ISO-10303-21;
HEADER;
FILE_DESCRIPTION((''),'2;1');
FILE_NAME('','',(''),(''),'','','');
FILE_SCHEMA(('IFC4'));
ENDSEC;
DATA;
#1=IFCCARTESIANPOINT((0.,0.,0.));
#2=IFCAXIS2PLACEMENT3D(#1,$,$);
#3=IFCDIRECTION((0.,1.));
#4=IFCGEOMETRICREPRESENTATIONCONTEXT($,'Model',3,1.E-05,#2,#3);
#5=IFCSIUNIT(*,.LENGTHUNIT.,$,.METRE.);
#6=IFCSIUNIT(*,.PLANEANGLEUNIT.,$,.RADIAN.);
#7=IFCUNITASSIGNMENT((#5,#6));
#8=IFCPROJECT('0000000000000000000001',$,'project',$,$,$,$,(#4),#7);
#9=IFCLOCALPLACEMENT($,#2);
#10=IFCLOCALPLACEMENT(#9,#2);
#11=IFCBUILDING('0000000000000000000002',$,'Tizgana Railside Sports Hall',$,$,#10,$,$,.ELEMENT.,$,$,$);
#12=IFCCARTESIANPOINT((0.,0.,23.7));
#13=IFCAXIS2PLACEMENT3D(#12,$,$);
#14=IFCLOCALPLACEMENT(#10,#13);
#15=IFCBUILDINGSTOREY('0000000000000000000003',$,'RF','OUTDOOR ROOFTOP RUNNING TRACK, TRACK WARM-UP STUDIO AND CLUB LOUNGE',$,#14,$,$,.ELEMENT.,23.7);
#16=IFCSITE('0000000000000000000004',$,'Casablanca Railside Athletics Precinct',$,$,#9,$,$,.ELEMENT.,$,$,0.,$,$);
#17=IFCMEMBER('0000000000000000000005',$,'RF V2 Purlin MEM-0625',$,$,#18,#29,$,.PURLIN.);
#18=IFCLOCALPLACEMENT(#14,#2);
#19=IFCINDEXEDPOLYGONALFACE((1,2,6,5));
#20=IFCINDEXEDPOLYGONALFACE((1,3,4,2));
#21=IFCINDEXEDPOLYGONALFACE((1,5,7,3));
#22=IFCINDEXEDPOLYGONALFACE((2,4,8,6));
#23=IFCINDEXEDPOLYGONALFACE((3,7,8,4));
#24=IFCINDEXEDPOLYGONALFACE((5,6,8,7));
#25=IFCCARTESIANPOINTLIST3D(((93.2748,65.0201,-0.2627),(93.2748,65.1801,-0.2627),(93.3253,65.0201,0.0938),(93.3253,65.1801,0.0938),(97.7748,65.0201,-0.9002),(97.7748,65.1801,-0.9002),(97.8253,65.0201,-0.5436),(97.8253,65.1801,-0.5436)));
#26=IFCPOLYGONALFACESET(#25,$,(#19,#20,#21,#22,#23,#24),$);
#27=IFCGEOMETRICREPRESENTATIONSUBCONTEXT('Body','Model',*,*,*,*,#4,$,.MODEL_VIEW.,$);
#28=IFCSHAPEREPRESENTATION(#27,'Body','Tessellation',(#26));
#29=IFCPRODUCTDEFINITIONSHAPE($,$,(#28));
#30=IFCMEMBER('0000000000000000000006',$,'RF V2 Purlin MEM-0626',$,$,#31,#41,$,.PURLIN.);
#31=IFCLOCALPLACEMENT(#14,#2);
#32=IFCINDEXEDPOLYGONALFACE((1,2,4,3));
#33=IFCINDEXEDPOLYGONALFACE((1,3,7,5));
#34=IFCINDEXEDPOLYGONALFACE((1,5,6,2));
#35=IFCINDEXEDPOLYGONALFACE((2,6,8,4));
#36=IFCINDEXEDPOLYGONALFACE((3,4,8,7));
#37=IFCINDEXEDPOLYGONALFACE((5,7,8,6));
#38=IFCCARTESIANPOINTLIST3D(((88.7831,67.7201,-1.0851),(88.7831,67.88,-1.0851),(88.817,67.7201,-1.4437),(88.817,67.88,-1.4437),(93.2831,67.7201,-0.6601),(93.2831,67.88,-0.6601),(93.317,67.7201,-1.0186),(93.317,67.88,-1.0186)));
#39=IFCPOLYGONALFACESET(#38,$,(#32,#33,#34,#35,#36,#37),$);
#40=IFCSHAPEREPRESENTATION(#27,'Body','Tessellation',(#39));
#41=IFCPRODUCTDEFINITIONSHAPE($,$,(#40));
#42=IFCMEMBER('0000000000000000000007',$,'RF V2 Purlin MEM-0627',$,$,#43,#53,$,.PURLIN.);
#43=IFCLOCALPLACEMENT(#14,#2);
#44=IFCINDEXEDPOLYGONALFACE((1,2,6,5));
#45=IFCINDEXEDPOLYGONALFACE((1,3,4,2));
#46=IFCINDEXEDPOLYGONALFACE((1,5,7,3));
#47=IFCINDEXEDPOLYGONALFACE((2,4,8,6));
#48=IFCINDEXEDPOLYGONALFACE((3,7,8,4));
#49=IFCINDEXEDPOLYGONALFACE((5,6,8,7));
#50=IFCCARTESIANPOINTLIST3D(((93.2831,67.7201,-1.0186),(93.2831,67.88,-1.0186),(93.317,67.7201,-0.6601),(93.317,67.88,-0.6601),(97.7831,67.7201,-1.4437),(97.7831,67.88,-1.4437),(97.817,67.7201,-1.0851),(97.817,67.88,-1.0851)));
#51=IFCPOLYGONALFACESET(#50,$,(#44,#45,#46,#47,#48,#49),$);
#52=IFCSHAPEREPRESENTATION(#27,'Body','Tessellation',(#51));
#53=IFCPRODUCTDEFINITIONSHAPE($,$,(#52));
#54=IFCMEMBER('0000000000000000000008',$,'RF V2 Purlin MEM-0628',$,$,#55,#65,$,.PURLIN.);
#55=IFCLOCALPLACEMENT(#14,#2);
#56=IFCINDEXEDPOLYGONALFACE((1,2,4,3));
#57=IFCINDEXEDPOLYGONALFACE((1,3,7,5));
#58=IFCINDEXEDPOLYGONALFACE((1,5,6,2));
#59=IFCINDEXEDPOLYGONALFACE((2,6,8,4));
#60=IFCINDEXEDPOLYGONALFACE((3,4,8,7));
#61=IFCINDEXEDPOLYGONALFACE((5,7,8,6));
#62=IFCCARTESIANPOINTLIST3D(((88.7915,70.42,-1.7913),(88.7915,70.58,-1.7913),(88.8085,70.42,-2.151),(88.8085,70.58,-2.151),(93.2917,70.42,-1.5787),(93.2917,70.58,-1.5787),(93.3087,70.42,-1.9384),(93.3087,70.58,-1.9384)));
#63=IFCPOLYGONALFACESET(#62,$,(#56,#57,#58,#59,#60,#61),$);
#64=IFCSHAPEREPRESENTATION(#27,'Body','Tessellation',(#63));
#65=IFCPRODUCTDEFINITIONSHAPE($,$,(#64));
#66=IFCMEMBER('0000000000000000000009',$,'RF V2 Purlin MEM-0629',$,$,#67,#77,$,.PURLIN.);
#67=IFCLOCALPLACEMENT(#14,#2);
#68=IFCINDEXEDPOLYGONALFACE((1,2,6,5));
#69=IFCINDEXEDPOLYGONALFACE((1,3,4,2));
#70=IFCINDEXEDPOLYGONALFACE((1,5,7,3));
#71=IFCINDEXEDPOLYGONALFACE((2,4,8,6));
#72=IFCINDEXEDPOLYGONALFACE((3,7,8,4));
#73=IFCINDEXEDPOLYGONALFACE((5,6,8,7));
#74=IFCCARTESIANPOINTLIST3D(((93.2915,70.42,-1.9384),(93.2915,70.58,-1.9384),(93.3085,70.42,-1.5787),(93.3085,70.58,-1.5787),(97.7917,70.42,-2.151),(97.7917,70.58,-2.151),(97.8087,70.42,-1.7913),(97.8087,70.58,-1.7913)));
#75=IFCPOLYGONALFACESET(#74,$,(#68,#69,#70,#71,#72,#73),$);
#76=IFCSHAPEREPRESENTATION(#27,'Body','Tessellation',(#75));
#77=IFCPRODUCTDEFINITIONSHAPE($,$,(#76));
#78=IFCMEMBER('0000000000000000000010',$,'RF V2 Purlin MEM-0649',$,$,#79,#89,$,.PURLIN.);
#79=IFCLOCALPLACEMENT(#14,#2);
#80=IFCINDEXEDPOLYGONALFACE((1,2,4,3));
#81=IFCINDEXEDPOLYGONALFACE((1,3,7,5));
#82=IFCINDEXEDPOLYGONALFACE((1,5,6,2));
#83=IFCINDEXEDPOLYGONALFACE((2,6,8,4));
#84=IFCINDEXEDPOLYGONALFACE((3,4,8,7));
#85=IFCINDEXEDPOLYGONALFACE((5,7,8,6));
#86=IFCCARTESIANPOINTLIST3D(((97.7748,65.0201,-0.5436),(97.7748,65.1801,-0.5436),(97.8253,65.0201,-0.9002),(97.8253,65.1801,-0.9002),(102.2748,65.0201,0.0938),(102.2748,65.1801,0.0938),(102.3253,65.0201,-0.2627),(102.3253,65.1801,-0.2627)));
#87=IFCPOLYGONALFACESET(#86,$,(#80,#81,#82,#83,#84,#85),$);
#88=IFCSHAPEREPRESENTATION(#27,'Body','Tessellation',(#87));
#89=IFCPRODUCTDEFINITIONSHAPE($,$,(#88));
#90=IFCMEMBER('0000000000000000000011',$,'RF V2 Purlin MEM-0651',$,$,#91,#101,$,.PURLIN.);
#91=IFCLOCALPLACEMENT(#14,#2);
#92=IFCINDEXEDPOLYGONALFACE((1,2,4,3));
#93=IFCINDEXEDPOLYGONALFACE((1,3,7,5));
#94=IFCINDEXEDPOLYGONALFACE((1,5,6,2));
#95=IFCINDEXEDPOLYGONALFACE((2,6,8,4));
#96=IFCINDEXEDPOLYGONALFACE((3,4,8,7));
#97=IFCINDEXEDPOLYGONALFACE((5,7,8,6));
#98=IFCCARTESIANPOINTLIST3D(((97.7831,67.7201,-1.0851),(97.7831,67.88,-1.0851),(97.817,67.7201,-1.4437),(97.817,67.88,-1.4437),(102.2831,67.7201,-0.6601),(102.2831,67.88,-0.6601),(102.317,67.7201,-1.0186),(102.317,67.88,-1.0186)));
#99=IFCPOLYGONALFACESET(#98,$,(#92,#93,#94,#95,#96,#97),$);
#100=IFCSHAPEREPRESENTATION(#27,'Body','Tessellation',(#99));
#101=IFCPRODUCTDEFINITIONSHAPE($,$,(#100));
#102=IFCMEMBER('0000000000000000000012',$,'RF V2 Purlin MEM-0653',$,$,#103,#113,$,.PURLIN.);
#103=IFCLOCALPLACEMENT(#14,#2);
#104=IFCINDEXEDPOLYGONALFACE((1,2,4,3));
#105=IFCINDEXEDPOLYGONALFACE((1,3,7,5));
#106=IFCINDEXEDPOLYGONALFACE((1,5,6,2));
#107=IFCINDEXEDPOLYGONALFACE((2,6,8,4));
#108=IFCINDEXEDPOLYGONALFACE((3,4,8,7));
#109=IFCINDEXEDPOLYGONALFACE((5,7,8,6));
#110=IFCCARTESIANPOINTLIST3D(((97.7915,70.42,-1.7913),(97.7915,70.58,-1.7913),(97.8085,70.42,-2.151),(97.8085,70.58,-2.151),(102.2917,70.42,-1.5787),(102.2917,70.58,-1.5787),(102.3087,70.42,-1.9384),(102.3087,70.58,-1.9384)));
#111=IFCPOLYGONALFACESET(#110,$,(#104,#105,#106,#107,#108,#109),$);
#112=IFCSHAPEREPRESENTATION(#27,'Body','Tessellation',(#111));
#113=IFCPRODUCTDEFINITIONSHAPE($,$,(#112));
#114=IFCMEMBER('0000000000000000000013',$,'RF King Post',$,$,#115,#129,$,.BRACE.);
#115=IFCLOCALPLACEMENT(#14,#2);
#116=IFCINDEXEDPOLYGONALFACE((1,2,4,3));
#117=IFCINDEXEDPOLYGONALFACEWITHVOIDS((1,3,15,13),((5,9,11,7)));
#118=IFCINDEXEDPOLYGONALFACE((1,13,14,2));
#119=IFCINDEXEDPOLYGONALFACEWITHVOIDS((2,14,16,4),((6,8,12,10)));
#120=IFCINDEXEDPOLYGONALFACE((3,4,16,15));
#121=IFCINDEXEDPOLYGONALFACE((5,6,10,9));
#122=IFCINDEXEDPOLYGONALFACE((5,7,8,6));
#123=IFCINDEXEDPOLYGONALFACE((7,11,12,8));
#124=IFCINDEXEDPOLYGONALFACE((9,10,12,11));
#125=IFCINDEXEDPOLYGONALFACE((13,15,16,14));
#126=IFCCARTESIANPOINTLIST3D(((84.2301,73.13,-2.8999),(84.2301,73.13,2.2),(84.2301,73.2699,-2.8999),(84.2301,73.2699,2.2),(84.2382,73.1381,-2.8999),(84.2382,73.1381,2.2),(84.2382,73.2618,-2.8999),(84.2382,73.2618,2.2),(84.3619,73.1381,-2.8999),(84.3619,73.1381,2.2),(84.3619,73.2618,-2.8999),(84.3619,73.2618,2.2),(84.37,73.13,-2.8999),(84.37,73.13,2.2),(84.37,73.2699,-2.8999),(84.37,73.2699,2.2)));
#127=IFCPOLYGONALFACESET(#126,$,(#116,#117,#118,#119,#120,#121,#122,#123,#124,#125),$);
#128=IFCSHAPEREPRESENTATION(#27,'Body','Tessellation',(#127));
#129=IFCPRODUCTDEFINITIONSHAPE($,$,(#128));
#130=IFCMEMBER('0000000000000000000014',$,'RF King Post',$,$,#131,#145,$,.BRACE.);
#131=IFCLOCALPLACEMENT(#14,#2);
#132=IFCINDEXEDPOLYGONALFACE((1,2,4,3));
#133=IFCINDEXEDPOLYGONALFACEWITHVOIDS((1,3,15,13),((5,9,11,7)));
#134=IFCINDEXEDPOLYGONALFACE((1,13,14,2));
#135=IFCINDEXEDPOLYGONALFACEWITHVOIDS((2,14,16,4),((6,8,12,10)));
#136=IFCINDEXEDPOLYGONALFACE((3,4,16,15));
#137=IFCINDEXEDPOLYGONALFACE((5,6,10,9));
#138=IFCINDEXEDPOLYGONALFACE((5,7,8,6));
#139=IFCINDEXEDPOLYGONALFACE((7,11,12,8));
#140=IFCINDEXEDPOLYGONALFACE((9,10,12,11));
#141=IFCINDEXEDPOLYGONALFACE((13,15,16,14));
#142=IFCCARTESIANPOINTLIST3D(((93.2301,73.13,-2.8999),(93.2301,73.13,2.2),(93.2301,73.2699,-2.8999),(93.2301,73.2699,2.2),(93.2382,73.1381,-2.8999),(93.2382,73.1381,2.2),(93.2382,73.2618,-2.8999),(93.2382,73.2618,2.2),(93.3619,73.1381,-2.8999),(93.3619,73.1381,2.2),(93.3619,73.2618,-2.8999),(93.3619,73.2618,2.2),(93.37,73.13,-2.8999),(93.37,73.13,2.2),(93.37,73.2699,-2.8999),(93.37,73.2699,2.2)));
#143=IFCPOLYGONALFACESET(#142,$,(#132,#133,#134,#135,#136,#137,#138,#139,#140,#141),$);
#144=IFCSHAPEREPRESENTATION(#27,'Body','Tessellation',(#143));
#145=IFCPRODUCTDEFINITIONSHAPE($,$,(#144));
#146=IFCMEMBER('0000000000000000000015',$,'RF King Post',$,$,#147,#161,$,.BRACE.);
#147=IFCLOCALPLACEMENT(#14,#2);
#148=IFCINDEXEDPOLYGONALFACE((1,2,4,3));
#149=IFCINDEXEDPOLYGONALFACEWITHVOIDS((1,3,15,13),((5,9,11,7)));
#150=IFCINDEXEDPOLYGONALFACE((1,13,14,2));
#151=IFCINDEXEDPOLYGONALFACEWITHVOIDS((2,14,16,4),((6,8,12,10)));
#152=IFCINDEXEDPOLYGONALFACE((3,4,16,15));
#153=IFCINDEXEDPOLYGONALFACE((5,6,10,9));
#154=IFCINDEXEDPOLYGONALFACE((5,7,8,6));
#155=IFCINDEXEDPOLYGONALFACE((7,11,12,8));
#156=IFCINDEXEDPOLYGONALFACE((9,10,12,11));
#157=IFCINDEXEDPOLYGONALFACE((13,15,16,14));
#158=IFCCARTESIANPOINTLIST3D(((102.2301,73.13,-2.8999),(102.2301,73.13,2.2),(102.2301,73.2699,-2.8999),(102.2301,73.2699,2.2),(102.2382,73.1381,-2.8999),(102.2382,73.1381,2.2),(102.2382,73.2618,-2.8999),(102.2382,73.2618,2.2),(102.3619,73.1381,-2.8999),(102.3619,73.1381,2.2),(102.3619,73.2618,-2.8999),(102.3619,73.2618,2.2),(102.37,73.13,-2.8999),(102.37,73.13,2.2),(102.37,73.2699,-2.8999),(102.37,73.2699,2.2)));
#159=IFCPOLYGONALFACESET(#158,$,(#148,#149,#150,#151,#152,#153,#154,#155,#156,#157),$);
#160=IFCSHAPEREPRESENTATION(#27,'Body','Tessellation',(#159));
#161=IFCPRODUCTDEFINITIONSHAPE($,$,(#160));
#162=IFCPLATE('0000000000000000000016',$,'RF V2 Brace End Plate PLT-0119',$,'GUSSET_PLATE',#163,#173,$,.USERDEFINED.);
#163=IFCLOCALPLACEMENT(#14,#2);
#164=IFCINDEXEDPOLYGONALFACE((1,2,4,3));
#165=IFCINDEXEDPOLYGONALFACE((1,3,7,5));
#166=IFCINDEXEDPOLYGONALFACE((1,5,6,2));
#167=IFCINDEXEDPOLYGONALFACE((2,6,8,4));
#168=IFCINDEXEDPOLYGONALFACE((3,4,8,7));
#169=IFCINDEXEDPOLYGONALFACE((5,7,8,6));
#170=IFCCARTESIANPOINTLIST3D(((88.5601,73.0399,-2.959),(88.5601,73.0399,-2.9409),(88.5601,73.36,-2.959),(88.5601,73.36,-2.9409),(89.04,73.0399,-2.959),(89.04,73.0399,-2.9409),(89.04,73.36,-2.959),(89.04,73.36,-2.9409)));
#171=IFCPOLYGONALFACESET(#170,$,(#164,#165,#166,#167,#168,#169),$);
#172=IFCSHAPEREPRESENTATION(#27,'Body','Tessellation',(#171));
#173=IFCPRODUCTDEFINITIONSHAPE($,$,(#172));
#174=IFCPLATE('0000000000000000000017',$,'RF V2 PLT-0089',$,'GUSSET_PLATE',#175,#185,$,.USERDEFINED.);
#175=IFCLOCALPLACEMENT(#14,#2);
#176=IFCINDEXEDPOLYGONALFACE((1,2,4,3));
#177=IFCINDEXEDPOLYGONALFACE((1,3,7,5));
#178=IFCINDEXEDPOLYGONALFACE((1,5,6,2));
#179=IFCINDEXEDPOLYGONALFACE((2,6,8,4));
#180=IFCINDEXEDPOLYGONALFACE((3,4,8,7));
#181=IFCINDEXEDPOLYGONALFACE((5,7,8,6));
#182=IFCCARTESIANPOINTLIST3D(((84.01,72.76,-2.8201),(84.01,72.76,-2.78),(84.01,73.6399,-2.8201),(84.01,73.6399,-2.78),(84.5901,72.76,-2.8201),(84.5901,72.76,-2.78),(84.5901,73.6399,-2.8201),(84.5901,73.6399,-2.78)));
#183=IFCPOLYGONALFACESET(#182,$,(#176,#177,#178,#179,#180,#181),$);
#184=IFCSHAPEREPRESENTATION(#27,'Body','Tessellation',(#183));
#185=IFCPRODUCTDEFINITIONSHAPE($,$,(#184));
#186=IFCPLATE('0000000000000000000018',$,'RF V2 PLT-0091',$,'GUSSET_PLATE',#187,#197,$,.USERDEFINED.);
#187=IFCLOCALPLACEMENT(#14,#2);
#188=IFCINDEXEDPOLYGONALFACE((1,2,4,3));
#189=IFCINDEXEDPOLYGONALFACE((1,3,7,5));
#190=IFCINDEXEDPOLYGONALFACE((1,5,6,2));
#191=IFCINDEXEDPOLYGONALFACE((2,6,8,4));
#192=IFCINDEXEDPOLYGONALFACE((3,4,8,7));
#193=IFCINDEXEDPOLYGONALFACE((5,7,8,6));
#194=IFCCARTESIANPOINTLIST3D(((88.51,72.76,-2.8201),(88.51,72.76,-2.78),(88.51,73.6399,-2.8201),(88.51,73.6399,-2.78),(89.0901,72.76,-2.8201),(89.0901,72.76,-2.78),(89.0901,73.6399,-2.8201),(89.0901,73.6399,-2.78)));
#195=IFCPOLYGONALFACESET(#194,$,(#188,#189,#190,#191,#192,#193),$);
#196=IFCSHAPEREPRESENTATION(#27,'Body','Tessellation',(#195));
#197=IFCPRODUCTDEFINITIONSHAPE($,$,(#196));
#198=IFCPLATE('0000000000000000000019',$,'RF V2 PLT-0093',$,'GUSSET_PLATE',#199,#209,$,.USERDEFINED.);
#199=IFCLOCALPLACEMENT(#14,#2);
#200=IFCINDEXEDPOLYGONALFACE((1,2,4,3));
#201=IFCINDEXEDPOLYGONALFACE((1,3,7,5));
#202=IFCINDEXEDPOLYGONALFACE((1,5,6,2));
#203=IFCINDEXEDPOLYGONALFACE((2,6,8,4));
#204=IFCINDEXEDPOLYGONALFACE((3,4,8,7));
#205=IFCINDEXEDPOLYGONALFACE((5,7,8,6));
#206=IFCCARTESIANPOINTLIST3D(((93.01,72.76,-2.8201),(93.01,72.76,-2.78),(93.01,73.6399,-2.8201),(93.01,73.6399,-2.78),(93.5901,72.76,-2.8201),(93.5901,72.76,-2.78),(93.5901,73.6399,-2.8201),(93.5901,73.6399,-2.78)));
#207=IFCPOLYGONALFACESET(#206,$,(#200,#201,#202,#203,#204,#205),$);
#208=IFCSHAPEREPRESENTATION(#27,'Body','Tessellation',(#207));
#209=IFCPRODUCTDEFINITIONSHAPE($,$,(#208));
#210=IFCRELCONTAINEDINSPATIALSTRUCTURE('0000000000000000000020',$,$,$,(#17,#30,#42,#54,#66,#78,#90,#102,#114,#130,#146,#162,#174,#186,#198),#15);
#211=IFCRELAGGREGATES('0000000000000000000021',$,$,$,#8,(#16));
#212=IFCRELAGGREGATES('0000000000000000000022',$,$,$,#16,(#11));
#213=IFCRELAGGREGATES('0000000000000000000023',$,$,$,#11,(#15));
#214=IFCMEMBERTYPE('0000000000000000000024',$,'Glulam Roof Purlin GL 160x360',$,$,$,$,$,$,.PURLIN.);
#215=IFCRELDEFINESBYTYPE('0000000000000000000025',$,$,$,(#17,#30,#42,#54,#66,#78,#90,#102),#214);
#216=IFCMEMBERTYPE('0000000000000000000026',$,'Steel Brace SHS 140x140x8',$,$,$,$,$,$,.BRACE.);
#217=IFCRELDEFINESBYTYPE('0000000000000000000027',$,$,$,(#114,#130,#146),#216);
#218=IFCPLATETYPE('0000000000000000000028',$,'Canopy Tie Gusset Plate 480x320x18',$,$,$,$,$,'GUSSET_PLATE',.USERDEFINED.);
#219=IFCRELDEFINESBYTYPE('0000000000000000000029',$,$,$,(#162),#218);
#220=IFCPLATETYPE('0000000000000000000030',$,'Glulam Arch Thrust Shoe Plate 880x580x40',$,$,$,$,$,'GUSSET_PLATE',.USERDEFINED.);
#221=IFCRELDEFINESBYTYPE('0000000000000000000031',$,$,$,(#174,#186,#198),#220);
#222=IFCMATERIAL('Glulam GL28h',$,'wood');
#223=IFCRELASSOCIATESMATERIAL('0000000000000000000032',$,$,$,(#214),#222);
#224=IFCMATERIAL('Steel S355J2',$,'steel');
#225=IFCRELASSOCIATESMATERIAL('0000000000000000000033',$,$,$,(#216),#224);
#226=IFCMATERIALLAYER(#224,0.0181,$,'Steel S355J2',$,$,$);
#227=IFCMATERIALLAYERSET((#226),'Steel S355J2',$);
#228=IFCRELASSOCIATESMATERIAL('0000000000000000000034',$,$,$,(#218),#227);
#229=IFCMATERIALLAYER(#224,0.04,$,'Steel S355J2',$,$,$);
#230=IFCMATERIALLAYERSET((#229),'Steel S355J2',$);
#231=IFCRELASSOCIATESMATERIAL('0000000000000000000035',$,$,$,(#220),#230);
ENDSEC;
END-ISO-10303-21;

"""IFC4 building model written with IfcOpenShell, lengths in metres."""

from ifc_helpers import new_model, si_unit, direction, frame, origin, origin_2d, place, context, subcontext, project, spatial, rectangle, hollow_rectangle, extrude, material, layer, layer_set, material_profile, profile_set, type_object, element, save


model = new_model("IFC4")

# Units and contexts
model_context = context("Model", 3, precision=1e-05, world=origin(), true_north=direction((0.0, 1.0)))
body_context = subcontext(model_context, "Body", "Model", "MODEL_VIEW")
ifc_project = project(units=[si_unit("LENGTHUNIT", "METRE"), si_unit("PLANEANGLEUNIT", "RADIAN")], contexts=[model_context])

# Site, building, storey
site_placement = place(None, origin())
site = spatial("IfcSite", under=ifc_project, at=site_placement, Name="Casablanca Railside Athletics Precinct", CompositionType="ELEMENT", RefElevation=0.0)
building_placement = place(site_placement, origin())
building = spatial("IfcBuilding", under=site, at=building_placement, Name="Tizgana Railside Sports Hall", CompositionType="ELEMENT")
storey_placement = place(building_placement, frame((0.0, 0.0, 23.7)))
storey = spatial("IfcBuildingStorey", under=building, at=storey_placement, Name="RF", Description="OUTDOOR ROOFTOP RUNNING TRACK, TRACK WARM-UP STUDIO AND CLUB LOUNGE", CompositionType="ELEMENT", Elevation=23.7)

# Members
ifc_material_1 = material(Name="Glulam GL28h", Category="wood")
ifc_material_profile_1 = material_profile(ifc_material_1, rectangle(XDim=0.1599, YDim=0.3601, at=origin_2d()), Name="GL 160x360")
ifc_profile_set_1 = profile_set([ifc_material_profile_1], Name="Glulam GL28h")
member_type_1 = type_object("IfcMemberType", Name="Glulam Roof Purlin GL 160x360", PredefinedType="PURLIN", material=ifc_profile_set_1)
member_1_placement = place(storey_placement, frame((93.3, 65.1001, -0.0845), z_axis=(0.990115, 0.0, -0.140256), x_axis=(0.0, 1.0, 0.0)))
element("IfcMember", 1, at=member_1_placement, inside=storey, type_object=member_type_1, Name="RF V2 Purlin MEM-0625", PredefinedType="PURLIN", context=body_context, shape_type="SweptSolid", body=[
    extrude(rectangle(XDim=0.1599, YDim=0.3601, at=origin_2d()), origin(), (0.0, 0.0, 1.0), 4.5449),
])
for number, where, z_axis, x_axis, name in (
    (2, (88.8, 67.8, -1.2644), (0.995569, 0.0, 0.094037), (0.0, 1.0, 0.0), "RF V2 Purlin MEM-0626"),
    (3, (93.3, 67.8, -0.8394), (0.995569, 0.0, -0.094037), (0.0, 1.0, 0.0), "RF V2 Purlin MEM-0627"),
):
    element("IfcMember", number, at=place(storey_placement, frame(where, z_axis=z_axis, x_axis=x_axis)), inside=storey, type_object=member_type_1, Name=name, PredefinedType="PURLIN", context=body_context, shape_type="SweptSolid", body=[
        extrude(rectangle(XDim=0.1599, YDim=0.3601, at=origin_2d()), origin(), (0.0, 0.0, 1.0), 4.52),
    ])
for number, where, z_axis, x_axis, name in (
    (4, (88.8, 70.5, -1.9712), (0.998885, 0.0, 0.047202), (0.0, 1.0, 0.0), "RF V2 Purlin MEM-0628"),
    (5, (93.3, 70.5, -1.7585), (0.998885, 0.0, -0.047202), (0.0, 1.0, 0.0), "RF V2 Purlin MEM-0629"),
):
    element("IfcMember", number, at=place(storey_placement, frame(where, z_axis=z_axis, x_axis=x_axis)), inside=storey, type_object=member_type_1, Name=name, PredefinedType="PURLIN", context=body_context, shape_type="SweptSolid", body=[
        extrude(rectangle(XDim=0.1599, YDim=0.3601, at=origin_2d()), origin(), (0.0, 0.0, 1.0), 4.5051),
    ])
member_2_placement = place(storey_placement, frame((97.8, 65.1001, -0.7219), z_axis=(0.990115, 0.0, 0.140256), x_axis=(0.0, 1.0, 0.0)))
element("IfcMember", 6, at=member_2_placement, inside=storey, type_object=member_type_1, Name="RF V2 Purlin MEM-0649", PredefinedType="PURLIN", context=body_context, shape_type="SweptSolid", body=[
    extrude(rectangle(XDim=0.1599, YDim=0.3601, at=origin_2d()), origin(), (0.0, 0.0, 1.0), 4.5449),
])
member_3_placement = place(storey_placement, frame((97.8, 67.8, -1.2644), z_axis=(0.995569, 0.0, 0.094037), x_axis=(0.0, 1.0, 0.0)))
element("IfcMember", 7, at=member_3_placement, inside=storey, type_object=member_type_1, Name="RF V2 Purlin MEM-0651", PredefinedType="PURLIN", context=body_context, shape_type="SweptSolid", body=[
    extrude(rectangle(XDim=0.1599, YDim=0.3601, at=origin_2d()), origin(), (0.0, 0.0, 1.0), 4.52),
])
member_4_placement = place(storey_placement, frame((97.8, 70.5, -1.9712), z_axis=(0.998885, 0.0, 0.047202), x_axis=(0.0, 1.0, 0.0)))
element("IfcMember", 8, at=member_4_placement, inside=storey, type_object=member_type_1, Name="RF V2 Purlin MEM-0653", PredefinedType="PURLIN", context=body_context, shape_type="SweptSolid", body=[
    extrude(rectangle(XDim=0.1599, YDim=0.3601, at=origin_2d()), origin(), (0.0, 0.0, 1.0), 4.5051),
])
ifc_material_2 = material(Name="Steel S355J2", Category="steel")
ifc_material_profile_2 = material_profile(ifc_material_2, hollow_rectangle(XDim=0.1399, YDim=0.1399, WallThickness=0.0081, at=origin_2d()), Name="SHS 140x140x8")
ifc_profile_set_2 = profile_set([ifc_material_profile_2], Name="Steel S355J2")
member_type_2 = type_object("IfcMemberType", Name="Steel Brace SHS 140x140x8", PredefinedType="BRACE", material=ifc_profile_set_2)
for number, where, z_axis, x_axis, name in (
    (9, (84.3, 73.2, -2.8999), (0.0, 0.0, 1.0), (1.0, 0.0, 0.0), "RF King Post"),
    (10, (93.3, 73.2, -2.8999), (0.0, 0.0, 1.0), (1.0, 0.0, 0.0), "RF King Post"),
    (11, (102.3, 73.2, -2.8999), (0.0, 0.0, 1.0), (1.0, 0.0, 0.0), "RF King Post"),
):
    element("IfcMember", number, at=place(storey_placement, frame(where, z_axis=z_axis, x_axis=x_axis)), inside=storey, type_object=member_type_2, Name=name, PredefinedType="BRACE", context=body_context, shape_type="SweptSolid", body=[
        extrude(hollow_rectangle(XDim=0.1399, YDim=0.1399, WallThickness=0.0081, at=origin_2d()), origin(), (0.0, 0.0, 1.0), 5.0999),
    ])

# Plates
ifc_layer_1 = layer(ifc_material_2, 0.0181, Name="Steel S355J2")
ifc_layer_set_1 = layer_set([ifc_layer_1], Name="Steel S355J2")
plate_type_1 = type_object("IfcPlateType", Name="Canopy Tie Gusset Plate 480x320x18", ElementType="GUSSET_PLATE", PredefinedType="USERDEFINED", material=ifc_layer_set_1)
plate_1_placement = place(storey_placement, frame((88.8, 73.2, -2.959), z_axis=(0.0, 0.0, 1.0), x_axis=(1.0, 0.0, 0.0)))
element("IfcPlate", 12, at=plate_1_placement, inside=storey, type_object=plate_type_1, Name="RF V2 Brace End Plate PLT-0119", ObjectType="GUSSET_PLATE", PredefinedType="USERDEFINED", context=body_context, shape_type="SweptSolid", body=[
    extrude(rectangle(XDim=0.48, YDim=0.3201, at=origin_2d()), origin(), (0.0, 0.0, 1.0), 0.0181),
])
ifc_layer_2 = layer(ifc_material_2, 0.04, Name="Steel S355J2")
ifc_layer_set_2 = layer_set([ifc_layer_2], Name="Steel S355J2")
plate_type_2 = type_object("IfcPlateType", Name="Glulam Arch Thrust Shoe Plate 880x580x40", ElementType="GUSSET_PLATE", PredefinedType="USERDEFINED", material=ifc_layer_set_2)
for number, where, z_axis, x_axis, name in (
    (13, (84.3, 73.2, -2.8201), (0.0, 0.0, 1.0), (1.0, 0.0, 0.0), "RF V2 PLT-0089"),
    (14, (88.8, 73.2, -2.8201), (0.0, 0.0, 1.0), (1.0, 0.0, 0.0), "RF V2 PLT-0091"),
    (15, (93.3, 73.2, -2.8201), (0.0, 0.0, 1.0), (1.0, 0.0, 0.0), "RF V2 PLT-0093"),
):
    element("IfcPlate", number, at=place(storey_placement, frame(where, z_axis=z_axis, x_axis=x_axis)), inside=storey, type_object=plate_type_2, Name=name, ObjectType="GUSSET_PLATE", PredefinedType="USERDEFINED", context=body_context, shape_type="SweptSolid", body=[
        extrude(rectangle(XDim=0.5801, YDim=0.8799, at=origin_2d()), origin(), (0.0, 0.0, 1.0), 0.04),
    ])

save(model, "model.ifc")
